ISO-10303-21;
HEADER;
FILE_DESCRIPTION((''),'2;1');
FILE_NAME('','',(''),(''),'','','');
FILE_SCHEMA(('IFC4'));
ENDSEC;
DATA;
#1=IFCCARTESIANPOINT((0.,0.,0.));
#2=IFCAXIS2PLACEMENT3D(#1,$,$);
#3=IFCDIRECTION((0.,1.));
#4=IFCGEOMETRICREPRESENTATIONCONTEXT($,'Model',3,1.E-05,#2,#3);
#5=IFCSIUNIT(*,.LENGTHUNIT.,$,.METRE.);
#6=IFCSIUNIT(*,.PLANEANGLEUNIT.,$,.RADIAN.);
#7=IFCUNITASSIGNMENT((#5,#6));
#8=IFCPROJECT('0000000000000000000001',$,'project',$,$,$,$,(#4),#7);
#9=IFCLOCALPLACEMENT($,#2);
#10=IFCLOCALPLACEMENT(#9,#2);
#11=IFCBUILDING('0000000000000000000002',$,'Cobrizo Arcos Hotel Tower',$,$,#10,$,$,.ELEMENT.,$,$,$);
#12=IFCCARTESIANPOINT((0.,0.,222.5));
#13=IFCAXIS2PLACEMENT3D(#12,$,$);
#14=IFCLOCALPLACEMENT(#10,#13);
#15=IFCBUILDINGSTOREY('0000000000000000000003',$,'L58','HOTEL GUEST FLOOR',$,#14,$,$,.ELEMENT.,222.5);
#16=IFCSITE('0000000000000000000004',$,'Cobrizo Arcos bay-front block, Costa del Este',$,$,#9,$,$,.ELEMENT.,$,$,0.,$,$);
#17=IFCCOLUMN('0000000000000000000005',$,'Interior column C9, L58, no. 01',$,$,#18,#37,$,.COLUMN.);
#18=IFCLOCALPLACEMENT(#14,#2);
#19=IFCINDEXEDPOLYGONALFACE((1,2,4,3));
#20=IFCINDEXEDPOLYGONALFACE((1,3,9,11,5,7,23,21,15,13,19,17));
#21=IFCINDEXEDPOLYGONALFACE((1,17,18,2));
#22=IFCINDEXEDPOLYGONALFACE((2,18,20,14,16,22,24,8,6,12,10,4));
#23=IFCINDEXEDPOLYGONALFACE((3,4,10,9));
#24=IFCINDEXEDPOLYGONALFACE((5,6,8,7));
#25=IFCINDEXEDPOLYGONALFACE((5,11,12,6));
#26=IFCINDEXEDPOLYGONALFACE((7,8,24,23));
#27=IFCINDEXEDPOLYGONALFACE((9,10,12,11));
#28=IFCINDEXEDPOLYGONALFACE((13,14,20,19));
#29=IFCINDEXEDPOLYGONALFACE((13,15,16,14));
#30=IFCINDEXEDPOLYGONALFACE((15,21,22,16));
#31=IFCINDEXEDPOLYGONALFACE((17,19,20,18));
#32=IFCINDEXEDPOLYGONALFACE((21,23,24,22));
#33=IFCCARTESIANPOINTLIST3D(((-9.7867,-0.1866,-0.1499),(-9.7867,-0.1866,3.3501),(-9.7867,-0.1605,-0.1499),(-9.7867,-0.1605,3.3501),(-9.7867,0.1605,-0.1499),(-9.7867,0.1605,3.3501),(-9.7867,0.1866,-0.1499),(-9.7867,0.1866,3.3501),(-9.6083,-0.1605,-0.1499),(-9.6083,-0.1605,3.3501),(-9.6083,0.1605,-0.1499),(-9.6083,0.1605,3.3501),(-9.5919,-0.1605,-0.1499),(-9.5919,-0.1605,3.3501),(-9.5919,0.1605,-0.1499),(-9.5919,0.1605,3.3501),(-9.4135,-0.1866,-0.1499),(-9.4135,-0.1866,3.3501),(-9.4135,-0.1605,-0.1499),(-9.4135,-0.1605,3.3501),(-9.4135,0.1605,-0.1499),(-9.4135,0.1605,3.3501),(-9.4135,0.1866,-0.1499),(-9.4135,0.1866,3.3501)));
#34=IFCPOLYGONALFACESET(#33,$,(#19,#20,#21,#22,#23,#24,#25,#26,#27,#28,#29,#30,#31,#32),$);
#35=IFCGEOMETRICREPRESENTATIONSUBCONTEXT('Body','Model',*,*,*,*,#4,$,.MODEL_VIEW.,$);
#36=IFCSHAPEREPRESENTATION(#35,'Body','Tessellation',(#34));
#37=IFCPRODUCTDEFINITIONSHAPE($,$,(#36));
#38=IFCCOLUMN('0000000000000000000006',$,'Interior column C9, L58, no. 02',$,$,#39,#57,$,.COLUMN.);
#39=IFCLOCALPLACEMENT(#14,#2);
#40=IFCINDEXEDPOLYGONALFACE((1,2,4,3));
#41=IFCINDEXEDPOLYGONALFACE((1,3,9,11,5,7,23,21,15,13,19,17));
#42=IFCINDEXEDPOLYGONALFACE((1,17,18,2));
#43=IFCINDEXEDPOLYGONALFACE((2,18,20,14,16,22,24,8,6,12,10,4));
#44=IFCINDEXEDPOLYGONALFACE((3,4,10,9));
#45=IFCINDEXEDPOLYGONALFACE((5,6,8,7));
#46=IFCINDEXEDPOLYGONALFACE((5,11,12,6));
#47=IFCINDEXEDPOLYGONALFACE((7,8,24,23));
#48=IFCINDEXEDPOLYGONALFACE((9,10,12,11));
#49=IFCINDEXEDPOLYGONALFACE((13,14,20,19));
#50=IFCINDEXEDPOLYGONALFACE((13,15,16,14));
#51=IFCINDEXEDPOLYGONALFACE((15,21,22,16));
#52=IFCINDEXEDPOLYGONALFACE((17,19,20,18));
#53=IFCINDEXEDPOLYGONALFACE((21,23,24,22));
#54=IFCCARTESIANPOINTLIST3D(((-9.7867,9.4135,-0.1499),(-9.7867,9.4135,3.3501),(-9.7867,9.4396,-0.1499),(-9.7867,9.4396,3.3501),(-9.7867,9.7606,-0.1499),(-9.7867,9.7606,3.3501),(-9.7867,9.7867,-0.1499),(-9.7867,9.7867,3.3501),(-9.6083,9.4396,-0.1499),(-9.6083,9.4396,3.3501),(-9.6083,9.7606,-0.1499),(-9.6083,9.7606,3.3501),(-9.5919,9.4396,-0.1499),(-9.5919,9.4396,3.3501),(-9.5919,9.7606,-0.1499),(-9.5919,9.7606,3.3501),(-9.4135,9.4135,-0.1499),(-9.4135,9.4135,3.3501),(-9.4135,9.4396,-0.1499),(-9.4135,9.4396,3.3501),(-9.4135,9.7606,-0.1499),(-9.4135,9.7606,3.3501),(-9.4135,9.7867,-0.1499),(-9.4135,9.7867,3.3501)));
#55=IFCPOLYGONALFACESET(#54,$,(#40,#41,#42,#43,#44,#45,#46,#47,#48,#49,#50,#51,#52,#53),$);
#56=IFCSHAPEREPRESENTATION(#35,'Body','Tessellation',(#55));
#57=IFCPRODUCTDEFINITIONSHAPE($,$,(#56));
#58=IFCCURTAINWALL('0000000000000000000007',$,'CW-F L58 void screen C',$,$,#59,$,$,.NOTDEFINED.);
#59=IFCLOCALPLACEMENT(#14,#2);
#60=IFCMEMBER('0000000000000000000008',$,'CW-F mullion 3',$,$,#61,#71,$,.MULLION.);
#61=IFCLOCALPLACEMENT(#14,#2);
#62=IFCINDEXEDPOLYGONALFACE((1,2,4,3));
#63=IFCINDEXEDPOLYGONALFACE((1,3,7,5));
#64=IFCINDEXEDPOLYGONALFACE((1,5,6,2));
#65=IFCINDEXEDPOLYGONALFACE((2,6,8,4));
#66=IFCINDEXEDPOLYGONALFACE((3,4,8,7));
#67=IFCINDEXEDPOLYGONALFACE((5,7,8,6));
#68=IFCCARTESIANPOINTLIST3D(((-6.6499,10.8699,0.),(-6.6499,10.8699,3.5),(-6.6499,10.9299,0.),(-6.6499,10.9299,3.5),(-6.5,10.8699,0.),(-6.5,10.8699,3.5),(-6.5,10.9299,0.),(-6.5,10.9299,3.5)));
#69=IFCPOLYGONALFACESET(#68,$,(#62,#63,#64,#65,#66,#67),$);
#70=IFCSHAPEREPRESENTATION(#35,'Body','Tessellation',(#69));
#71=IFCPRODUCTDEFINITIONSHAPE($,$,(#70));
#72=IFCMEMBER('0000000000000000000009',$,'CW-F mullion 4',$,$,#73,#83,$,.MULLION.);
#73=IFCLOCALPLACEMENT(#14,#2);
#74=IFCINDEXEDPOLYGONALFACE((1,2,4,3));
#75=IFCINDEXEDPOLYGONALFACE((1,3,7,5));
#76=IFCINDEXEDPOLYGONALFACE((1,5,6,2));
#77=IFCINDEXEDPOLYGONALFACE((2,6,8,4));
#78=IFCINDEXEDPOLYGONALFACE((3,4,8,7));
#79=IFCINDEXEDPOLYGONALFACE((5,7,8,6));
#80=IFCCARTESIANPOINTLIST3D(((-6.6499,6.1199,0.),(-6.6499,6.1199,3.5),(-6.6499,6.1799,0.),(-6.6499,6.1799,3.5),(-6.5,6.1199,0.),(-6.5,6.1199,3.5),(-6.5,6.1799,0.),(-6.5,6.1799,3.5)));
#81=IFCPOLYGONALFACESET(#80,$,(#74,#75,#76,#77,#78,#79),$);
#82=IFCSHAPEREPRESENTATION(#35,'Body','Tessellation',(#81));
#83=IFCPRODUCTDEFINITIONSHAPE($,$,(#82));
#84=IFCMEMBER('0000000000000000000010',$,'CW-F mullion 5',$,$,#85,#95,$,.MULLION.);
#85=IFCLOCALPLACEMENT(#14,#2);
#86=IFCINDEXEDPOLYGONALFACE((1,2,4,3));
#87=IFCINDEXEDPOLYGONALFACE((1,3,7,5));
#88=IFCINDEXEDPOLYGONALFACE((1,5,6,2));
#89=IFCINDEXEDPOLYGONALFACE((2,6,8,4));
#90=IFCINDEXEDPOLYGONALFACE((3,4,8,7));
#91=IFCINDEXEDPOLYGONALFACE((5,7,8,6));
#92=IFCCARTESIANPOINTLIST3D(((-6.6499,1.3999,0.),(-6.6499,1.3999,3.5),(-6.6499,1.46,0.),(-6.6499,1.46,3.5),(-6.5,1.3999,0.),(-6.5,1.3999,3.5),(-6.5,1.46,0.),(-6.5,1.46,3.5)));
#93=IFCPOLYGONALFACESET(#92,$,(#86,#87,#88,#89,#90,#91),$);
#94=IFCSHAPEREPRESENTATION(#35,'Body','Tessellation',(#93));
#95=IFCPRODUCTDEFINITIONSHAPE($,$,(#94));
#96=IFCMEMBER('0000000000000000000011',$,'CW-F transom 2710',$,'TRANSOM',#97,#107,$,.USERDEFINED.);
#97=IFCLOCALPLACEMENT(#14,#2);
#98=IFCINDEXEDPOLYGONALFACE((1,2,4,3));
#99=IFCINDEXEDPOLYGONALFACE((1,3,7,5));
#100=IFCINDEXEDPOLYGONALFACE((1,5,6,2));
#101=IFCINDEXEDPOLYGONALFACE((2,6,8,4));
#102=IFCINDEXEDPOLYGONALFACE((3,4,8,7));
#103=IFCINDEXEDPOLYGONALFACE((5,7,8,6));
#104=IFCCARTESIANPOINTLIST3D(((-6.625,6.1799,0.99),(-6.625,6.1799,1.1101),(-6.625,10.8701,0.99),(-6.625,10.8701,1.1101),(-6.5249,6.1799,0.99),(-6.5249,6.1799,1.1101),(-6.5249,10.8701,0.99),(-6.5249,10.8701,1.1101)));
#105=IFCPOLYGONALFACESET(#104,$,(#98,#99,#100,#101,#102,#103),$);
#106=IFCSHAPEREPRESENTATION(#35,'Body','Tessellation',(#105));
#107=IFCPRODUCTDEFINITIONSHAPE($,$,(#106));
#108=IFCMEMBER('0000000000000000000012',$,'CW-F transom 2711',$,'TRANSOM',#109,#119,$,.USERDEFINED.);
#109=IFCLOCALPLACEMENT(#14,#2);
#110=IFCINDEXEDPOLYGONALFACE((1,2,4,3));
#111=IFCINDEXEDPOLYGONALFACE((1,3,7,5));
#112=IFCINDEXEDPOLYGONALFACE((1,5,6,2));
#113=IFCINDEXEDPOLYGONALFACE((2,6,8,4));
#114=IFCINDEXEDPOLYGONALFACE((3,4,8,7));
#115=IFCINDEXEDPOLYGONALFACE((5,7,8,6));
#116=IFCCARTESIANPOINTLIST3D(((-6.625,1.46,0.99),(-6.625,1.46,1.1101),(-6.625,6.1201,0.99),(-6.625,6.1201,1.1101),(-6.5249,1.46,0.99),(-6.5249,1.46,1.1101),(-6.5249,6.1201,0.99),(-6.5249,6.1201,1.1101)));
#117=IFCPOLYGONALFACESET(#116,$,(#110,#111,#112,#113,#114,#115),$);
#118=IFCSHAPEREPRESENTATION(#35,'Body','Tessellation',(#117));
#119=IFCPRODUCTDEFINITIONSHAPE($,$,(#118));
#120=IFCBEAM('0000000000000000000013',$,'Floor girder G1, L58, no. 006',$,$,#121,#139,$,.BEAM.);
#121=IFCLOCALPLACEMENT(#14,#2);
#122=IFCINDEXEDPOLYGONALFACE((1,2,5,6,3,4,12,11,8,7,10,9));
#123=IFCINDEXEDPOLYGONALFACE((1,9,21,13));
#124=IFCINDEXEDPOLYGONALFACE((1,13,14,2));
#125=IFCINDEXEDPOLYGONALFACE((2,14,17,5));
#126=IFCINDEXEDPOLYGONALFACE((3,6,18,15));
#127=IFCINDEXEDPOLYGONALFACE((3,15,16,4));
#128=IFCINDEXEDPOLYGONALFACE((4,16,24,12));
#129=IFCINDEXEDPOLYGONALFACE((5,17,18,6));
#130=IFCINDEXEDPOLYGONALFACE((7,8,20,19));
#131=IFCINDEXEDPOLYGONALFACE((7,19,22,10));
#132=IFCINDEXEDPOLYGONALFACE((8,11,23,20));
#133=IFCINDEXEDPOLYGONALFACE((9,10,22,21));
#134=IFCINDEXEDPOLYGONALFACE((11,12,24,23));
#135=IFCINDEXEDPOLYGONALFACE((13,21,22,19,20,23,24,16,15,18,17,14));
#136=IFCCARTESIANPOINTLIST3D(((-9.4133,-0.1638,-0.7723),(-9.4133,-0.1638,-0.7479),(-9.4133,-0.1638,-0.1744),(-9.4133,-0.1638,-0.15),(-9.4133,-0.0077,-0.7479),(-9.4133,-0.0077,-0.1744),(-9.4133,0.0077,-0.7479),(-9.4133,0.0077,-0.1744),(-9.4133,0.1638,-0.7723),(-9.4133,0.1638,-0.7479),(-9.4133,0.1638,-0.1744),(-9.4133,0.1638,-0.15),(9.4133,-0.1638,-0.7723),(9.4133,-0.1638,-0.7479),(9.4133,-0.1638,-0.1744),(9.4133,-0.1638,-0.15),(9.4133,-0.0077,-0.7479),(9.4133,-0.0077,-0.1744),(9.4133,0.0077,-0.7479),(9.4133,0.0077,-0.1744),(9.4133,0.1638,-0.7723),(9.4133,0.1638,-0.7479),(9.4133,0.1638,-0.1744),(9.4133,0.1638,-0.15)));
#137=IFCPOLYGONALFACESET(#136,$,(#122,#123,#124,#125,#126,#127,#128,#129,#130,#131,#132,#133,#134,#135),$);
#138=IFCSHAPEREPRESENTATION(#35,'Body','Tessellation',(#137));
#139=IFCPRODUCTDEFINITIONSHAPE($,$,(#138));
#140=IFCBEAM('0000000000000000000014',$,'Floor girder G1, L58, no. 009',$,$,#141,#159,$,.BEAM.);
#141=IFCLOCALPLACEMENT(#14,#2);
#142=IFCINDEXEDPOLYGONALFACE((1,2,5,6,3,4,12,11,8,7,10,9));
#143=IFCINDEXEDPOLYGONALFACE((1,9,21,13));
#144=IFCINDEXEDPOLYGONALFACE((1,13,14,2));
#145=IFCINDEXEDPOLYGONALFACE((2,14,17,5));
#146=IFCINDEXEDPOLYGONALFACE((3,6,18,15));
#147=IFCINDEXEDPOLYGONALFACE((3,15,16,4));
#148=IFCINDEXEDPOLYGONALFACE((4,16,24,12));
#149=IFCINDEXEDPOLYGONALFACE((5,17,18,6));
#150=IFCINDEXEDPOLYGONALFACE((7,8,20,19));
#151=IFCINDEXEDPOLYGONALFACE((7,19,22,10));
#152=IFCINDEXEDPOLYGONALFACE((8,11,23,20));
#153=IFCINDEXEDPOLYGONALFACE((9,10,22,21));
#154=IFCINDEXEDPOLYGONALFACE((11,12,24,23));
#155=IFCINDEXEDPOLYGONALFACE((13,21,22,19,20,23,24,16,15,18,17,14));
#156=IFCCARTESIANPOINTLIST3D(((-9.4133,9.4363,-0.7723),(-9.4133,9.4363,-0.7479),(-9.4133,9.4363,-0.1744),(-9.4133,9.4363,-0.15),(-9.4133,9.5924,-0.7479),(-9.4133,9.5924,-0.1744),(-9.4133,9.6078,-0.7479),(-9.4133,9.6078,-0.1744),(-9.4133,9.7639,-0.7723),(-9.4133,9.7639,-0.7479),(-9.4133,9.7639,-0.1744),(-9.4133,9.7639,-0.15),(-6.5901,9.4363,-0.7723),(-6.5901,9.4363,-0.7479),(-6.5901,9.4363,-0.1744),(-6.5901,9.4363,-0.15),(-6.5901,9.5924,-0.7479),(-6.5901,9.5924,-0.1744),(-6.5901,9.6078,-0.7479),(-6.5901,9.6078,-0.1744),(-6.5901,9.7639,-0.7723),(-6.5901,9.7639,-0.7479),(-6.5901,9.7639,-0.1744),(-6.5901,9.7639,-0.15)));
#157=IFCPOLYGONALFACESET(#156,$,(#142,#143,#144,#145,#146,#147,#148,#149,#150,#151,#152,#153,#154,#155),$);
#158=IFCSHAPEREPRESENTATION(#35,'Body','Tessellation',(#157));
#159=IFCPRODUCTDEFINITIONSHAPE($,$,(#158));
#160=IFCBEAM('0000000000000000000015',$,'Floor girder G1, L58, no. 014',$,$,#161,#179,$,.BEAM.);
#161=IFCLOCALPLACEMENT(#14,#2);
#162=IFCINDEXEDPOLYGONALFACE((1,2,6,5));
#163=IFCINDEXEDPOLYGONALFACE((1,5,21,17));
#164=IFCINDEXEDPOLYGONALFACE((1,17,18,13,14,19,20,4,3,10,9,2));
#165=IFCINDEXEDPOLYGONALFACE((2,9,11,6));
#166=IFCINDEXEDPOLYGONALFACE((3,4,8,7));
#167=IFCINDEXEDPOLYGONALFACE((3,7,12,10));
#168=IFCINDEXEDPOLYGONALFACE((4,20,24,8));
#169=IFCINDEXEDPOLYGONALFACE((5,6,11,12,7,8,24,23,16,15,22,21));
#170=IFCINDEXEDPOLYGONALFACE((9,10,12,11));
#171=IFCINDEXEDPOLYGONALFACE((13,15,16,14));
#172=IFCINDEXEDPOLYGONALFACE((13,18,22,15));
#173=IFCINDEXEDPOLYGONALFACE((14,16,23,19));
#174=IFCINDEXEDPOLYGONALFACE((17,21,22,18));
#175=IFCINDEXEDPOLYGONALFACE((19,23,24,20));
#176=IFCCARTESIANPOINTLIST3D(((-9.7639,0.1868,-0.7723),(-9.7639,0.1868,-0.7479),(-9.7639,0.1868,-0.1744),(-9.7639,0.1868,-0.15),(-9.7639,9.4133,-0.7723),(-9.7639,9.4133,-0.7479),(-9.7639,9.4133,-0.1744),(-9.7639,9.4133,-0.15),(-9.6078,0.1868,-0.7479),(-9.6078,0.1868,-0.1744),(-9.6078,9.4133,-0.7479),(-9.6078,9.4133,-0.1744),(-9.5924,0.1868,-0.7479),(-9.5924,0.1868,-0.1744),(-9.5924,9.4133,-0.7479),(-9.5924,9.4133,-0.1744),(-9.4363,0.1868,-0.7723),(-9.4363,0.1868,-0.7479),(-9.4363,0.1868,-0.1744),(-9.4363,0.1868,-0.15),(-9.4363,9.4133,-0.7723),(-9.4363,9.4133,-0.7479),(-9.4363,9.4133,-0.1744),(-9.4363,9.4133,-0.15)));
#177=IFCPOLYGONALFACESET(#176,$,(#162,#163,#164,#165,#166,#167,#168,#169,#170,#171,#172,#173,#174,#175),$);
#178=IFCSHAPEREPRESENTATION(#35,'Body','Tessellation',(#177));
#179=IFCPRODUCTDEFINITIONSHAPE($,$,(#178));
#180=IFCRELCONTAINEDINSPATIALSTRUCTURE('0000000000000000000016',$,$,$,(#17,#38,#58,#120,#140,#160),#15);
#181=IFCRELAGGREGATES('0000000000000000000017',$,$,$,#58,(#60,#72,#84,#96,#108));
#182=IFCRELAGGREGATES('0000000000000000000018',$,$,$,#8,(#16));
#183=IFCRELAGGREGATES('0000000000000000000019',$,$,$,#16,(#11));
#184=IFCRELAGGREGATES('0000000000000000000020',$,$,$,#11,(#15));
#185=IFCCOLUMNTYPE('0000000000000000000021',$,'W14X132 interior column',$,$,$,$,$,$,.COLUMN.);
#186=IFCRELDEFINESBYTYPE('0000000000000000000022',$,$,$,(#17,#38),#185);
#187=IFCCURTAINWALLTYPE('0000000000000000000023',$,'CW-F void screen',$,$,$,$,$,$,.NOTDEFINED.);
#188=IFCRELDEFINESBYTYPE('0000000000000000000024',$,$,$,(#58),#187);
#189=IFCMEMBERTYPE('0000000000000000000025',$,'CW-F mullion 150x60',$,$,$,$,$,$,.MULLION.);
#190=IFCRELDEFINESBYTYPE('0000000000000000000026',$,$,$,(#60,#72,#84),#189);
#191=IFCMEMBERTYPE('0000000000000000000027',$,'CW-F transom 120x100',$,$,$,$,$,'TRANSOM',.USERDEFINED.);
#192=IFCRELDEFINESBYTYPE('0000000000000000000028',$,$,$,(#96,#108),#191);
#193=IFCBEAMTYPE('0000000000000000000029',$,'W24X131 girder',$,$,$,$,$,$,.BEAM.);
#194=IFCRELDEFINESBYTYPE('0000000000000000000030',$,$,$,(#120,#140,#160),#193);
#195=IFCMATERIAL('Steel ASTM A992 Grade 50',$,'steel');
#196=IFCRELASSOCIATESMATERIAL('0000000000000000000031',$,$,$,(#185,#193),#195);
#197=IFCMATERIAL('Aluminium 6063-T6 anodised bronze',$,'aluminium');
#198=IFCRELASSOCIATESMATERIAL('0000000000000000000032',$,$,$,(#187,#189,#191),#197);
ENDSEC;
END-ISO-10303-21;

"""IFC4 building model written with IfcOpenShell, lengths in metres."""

from ifc_helpers import new_model, si_unit, direction, frame, origin, origin_2d, place, context, subcontext, project, spatial, rectangle, i_section, extrude, material, material_profile, profile_set, type_object, element, aggregate, save


model = new_model("IFC4")

# Units and contexts
model_context = context("Model", 3, precision=1e-05, world=origin(), true_north=direction((0.0, 1.0)))
body_context = subcontext(model_context, "Body", "Model", "MODEL_VIEW")
ifc_project = project(units=[si_unit("LENGTHUNIT", "METRE"), si_unit("PLANEANGLEUNIT", "RADIAN")], contexts=[model_context])

# Site, building, storey
site_placement = place(None, origin())
site = spatial("IfcSite", under=ifc_project, at=site_placement, Name="Cobrizo Arcos bay-front block, Costa del Este", CompositionType="ELEMENT", RefElevation=0.0)
building_placement = place(site_placement, origin())
building = spatial("IfcBuilding", under=site, at=building_placement, Name="Cobrizo Arcos Hotel Tower", CompositionType="ELEMENT")
storey_placement = place(building_placement, frame((0.0, 0.0, 222.5)))
storey = spatial("IfcBuildingStorey", under=building, at=storey_placement, Name="L58", Description="HOTEL GUEST FLOOR", CompositionType="ELEMENT", Elevation=222.5)

# Columns
ifc_material_1 = material(Name="Steel ASTM A992 Grade 50", Category="steel")
ifc_material_profile_1 = material_profile(ifc_material_1, i_section(OverallWidth=0.3733, OverallDepth=0.3733, WebThickness=0.0164, FlangeThickness=0.0261, at=origin_2d()), Name="W14X132")
ifc_profile_set_1 = profile_set([ifc_material_profile_1], Name="Steel ASTM A992 Grade 50")
column_type = type_object("IfcColumnType", Name="W14X132 interior column", PredefinedType="COLUMN", material=ifc_profile_set_1)
for number, where, z_axis, x_axis, name in (
    (1, (-9.6001, 0.0, -0.1499), (0.0, 0.0, 1.0), (1.0, 0.0, 0.0), "Interior column C9, L58, no. 01"),
    (2, (-9.6001, 9.6001, -0.1499), (0.0, 0.0, 1.0), (1.0, 0.0, 0.0), "Interior column C9, L58, no. 02"),
):
    element("IfcColumn", number, at=place(storey_placement, frame(where, z_axis=z_axis, x_axis=x_axis)), inside=storey, type_object=column_type, Name=name, PredefinedType="COLUMN", context=body_context, shape_type="SweptSolid", body=[
        extrude(i_section(OverallWidth=0.3733, OverallDepth=0.3733, WebThickness=0.0164, FlangeThickness=0.0261, at=origin_2d()), origin(), (0.0, 0.0, 1.0), 3.5),
    ])

# Curtain wall, members
ifc_material_2 = material(Name="Aluminium 6063-T6 anodised bronze", Category="aluminium")
curtain_wall_type = type_object("IfcCurtainWallType", Name="CW-F void screen", PredefinedType="NOTDEFINED", material=ifc_material_2)
curtain_wall_placement = place(storey_placement, origin())
curtain_wall = element("IfcCurtainWall", 3, at=curtain_wall_placement, inside=storey, type_object=curtain_wall_type, Name="CW-F L58 void screen C", PredefinedType="NOTDEFINED")
ifc_material_profile_2 = material_profile(ifc_material_2, rectangle(XDim=0.1499, YDim=0.0601, at=origin_2d()), Name="CW-F mullion 150x60")
ifc_profile_set_2 = profile_set([ifc_material_profile_2], Name="Aluminium 6063-T6 anodised bronze")
member_type_1 = type_object("IfcMemberType", Name="CW-F mullion 150x60", PredefinedType="MULLION", material=ifc_profile_set_2)
member_1_placement = place(storey_placement, frame((-6.575, 10.8999, 0.0), z_axis=(0.0, 0.0, 1.0), x_axis=(-1.0, 0.0, 0.0)))
member_1 = element("IfcMember", 4, at=member_1_placement, type_object=member_type_1, Name="CW-F mullion 3", PredefinedType="MULLION", context=body_context, shape_type="SweptSolid", body=[
    extrude(rectangle(XDim=0.1499, YDim=0.0601, at=origin_2d()), origin(), (0.0, 0.0, 1.0), 3.5),
])
member_2_placement = place(storey_placement, frame((-6.575, 6.1499, 0.0), z_axis=(0.0, 0.0, 1.0), x_axis=(-1.0, 0.0, 0.0)))
member_2 = element("IfcMember", 5, at=member_2_placement, type_object=member_type_1, Name="CW-F mullion 4", PredefinedType="MULLION", context=body_context, shape_type="SweptSolid", body=[
    extrude(rectangle(XDim=0.1499, YDim=0.0601, at=origin_2d()), origin(), (0.0, 0.0, 1.0), 3.5),
])
member_3_placement = place(storey_placement, frame((-6.575, 1.4299, 0.0), z_axis=(0.0, 0.0, 1.0), x_axis=(-1.0, 0.0, 0.0)))
member_3 = element("IfcMember", 6, at=member_3_placement, type_object=member_type_1, Name="CW-F mullion 5", PredefinedType="MULLION", context=body_context, shape_type="SweptSolid", body=[
    extrude(rectangle(XDim=0.1499, YDim=0.0601, at=origin_2d()), origin(), (0.0, 0.0, 1.0), 3.5),
])
ifc_material_profile_3 = material_profile(ifc_material_2, rectangle(XDim=0.1001, YDim=0.1201, at=origin_2d()), Name="CW-F transom 120x100")
ifc_profile_set_3 = profile_set([ifc_material_profile_3], Name="Aluminium 6063-T6 anodised bronze")
member_type_2 = type_object("IfcMemberType", Name="CW-F transom 120x100", ElementType="TRANSOM", PredefinedType="USERDEFINED", material=ifc_profile_set_3)
member_4_placement = place(storey_placement, frame((-6.575, 10.8701, 1.05), z_axis=(0.0, -1.0, 0.0), x_axis=(1.0, 0.0, 0.0)))
member_4 = element("IfcMember", 7, at=member_4_placement, type_object=member_type_2, Name="CW-F transom 2710", ObjectType="TRANSOM", PredefinedType="USERDEFINED", context=body_context, shape_type="SweptSolid", body=[
    extrude(rectangle(XDim=0.1001, YDim=0.1201, at=origin_2d()), origin(), (0.0, 0.0, 1.0), 4.6902),
])
member_5_placement = place(storey_placement, frame((-6.575, 6.1201, 1.05), z_axis=(0.0, -1.0, 0.0), x_axis=(1.0, 0.0, 0.0)))
member_5 = element("IfcMember", 8, at=member_5_placement, type_object=member_type_2, Name="CW-F transom 2711", ObjectType="TRANSOM", PredefinedType="USERDEFINED", context=body_context, shape_type="SweptSolid", body=[
    extrude(rectangle(XDim=0.1001, YDim=0.1201, at=origin_2d()), origin(), (0.0, 0.0, 1.0), 4.6602),
])

# Beams
ifc_material_profile_4 = material_profile(ifc_material_1, i_section(OverallWidth=0.3276, OverallDepth=0.6223, WebThickness=0.0154, FlangeThickness=0.0244, at=origin_2d()), Name="W24X131")
ifc_profile_set_4 = profile_set([ifc_material_profile_4], Name="Steel ASTM A992 Grade 50")
beam_type_1 = type_object("IfcBeamType", Name="W24X131 girder", PredefinedType="BEAM", material=ifc_profile_set_4)
beam_1_placement = place(storey_placement, frame((-9.4133, 0.0, -0.4612), z_axis=(1.0, 0.0, 0.0), x_axis=(0.0, 1.0, 0.0)))
element("IfcBeam", 9, at=beam_1_placement, inside=storey, type_object=beam_type_1, Name="Floor girder G1, L58, no. 006", PredefinedType="BEAM", context=body_context, shape_type="SweptSolid", body=[
    extrude(i_section(OverallWidth=0.3276, OverallDepth=0.6223, WebThickness=0.0154, FlangeThickness=0.0244, at=origin_2d()), origin(), (0.0, 0.0, 1.0), 18.8267),
])
beam_2_placement = place(storey_placement, frame((-9.4133, 9.6001, -0.4612), z_axis=(1.0, 0.0, 0.0), x_axis=(0.0, 1.0, 0.0)))
element("IfcBeam", 10, at=beam_2_placement, inside=storey, type_object=beam_type_1, Name="Floor girder G1, L58, no. 009", PredefinedType="BEAM", context=body_context, shape_type="SweptSolid", body=[
    extrude(i_section(OverallWidth=0.3276, OverallDepth=0.6223, WebThickness=0.0154, FlangeThickness=0.0244, at=origin_2d()), origin(), (0.0, 0.0, 1.0), 2.8232),
])
beam_3_placement = place(storey_placement, frame((-9.6001, 0.1868, -0.4612), z_axis=(0.0, 1.0, 0.0), x_axis=(-1.0, 0.0, 0.0)))
element("IfcBeam", 11, at=beam_3_placement, inside=storey, type_object=beam_type_1, Name="Floor girder G1, L58, no. 014", PredefinedType="BEAM", context=body_context, shape_type="SweptSolid", body=[
    extrude(i_section(OverallWidth=0.3276, OverallDepth=0.6223, WebThickness=0.0154, FlangeThickness=0.0244, at=origin_2d()), origin(), (0.0, 0.0, 1.0), 9.2266),
])

aggregate(curtain_wall, [member_1, member_2, member_3, member_4, member_5])

save(model, "model.ifc")
